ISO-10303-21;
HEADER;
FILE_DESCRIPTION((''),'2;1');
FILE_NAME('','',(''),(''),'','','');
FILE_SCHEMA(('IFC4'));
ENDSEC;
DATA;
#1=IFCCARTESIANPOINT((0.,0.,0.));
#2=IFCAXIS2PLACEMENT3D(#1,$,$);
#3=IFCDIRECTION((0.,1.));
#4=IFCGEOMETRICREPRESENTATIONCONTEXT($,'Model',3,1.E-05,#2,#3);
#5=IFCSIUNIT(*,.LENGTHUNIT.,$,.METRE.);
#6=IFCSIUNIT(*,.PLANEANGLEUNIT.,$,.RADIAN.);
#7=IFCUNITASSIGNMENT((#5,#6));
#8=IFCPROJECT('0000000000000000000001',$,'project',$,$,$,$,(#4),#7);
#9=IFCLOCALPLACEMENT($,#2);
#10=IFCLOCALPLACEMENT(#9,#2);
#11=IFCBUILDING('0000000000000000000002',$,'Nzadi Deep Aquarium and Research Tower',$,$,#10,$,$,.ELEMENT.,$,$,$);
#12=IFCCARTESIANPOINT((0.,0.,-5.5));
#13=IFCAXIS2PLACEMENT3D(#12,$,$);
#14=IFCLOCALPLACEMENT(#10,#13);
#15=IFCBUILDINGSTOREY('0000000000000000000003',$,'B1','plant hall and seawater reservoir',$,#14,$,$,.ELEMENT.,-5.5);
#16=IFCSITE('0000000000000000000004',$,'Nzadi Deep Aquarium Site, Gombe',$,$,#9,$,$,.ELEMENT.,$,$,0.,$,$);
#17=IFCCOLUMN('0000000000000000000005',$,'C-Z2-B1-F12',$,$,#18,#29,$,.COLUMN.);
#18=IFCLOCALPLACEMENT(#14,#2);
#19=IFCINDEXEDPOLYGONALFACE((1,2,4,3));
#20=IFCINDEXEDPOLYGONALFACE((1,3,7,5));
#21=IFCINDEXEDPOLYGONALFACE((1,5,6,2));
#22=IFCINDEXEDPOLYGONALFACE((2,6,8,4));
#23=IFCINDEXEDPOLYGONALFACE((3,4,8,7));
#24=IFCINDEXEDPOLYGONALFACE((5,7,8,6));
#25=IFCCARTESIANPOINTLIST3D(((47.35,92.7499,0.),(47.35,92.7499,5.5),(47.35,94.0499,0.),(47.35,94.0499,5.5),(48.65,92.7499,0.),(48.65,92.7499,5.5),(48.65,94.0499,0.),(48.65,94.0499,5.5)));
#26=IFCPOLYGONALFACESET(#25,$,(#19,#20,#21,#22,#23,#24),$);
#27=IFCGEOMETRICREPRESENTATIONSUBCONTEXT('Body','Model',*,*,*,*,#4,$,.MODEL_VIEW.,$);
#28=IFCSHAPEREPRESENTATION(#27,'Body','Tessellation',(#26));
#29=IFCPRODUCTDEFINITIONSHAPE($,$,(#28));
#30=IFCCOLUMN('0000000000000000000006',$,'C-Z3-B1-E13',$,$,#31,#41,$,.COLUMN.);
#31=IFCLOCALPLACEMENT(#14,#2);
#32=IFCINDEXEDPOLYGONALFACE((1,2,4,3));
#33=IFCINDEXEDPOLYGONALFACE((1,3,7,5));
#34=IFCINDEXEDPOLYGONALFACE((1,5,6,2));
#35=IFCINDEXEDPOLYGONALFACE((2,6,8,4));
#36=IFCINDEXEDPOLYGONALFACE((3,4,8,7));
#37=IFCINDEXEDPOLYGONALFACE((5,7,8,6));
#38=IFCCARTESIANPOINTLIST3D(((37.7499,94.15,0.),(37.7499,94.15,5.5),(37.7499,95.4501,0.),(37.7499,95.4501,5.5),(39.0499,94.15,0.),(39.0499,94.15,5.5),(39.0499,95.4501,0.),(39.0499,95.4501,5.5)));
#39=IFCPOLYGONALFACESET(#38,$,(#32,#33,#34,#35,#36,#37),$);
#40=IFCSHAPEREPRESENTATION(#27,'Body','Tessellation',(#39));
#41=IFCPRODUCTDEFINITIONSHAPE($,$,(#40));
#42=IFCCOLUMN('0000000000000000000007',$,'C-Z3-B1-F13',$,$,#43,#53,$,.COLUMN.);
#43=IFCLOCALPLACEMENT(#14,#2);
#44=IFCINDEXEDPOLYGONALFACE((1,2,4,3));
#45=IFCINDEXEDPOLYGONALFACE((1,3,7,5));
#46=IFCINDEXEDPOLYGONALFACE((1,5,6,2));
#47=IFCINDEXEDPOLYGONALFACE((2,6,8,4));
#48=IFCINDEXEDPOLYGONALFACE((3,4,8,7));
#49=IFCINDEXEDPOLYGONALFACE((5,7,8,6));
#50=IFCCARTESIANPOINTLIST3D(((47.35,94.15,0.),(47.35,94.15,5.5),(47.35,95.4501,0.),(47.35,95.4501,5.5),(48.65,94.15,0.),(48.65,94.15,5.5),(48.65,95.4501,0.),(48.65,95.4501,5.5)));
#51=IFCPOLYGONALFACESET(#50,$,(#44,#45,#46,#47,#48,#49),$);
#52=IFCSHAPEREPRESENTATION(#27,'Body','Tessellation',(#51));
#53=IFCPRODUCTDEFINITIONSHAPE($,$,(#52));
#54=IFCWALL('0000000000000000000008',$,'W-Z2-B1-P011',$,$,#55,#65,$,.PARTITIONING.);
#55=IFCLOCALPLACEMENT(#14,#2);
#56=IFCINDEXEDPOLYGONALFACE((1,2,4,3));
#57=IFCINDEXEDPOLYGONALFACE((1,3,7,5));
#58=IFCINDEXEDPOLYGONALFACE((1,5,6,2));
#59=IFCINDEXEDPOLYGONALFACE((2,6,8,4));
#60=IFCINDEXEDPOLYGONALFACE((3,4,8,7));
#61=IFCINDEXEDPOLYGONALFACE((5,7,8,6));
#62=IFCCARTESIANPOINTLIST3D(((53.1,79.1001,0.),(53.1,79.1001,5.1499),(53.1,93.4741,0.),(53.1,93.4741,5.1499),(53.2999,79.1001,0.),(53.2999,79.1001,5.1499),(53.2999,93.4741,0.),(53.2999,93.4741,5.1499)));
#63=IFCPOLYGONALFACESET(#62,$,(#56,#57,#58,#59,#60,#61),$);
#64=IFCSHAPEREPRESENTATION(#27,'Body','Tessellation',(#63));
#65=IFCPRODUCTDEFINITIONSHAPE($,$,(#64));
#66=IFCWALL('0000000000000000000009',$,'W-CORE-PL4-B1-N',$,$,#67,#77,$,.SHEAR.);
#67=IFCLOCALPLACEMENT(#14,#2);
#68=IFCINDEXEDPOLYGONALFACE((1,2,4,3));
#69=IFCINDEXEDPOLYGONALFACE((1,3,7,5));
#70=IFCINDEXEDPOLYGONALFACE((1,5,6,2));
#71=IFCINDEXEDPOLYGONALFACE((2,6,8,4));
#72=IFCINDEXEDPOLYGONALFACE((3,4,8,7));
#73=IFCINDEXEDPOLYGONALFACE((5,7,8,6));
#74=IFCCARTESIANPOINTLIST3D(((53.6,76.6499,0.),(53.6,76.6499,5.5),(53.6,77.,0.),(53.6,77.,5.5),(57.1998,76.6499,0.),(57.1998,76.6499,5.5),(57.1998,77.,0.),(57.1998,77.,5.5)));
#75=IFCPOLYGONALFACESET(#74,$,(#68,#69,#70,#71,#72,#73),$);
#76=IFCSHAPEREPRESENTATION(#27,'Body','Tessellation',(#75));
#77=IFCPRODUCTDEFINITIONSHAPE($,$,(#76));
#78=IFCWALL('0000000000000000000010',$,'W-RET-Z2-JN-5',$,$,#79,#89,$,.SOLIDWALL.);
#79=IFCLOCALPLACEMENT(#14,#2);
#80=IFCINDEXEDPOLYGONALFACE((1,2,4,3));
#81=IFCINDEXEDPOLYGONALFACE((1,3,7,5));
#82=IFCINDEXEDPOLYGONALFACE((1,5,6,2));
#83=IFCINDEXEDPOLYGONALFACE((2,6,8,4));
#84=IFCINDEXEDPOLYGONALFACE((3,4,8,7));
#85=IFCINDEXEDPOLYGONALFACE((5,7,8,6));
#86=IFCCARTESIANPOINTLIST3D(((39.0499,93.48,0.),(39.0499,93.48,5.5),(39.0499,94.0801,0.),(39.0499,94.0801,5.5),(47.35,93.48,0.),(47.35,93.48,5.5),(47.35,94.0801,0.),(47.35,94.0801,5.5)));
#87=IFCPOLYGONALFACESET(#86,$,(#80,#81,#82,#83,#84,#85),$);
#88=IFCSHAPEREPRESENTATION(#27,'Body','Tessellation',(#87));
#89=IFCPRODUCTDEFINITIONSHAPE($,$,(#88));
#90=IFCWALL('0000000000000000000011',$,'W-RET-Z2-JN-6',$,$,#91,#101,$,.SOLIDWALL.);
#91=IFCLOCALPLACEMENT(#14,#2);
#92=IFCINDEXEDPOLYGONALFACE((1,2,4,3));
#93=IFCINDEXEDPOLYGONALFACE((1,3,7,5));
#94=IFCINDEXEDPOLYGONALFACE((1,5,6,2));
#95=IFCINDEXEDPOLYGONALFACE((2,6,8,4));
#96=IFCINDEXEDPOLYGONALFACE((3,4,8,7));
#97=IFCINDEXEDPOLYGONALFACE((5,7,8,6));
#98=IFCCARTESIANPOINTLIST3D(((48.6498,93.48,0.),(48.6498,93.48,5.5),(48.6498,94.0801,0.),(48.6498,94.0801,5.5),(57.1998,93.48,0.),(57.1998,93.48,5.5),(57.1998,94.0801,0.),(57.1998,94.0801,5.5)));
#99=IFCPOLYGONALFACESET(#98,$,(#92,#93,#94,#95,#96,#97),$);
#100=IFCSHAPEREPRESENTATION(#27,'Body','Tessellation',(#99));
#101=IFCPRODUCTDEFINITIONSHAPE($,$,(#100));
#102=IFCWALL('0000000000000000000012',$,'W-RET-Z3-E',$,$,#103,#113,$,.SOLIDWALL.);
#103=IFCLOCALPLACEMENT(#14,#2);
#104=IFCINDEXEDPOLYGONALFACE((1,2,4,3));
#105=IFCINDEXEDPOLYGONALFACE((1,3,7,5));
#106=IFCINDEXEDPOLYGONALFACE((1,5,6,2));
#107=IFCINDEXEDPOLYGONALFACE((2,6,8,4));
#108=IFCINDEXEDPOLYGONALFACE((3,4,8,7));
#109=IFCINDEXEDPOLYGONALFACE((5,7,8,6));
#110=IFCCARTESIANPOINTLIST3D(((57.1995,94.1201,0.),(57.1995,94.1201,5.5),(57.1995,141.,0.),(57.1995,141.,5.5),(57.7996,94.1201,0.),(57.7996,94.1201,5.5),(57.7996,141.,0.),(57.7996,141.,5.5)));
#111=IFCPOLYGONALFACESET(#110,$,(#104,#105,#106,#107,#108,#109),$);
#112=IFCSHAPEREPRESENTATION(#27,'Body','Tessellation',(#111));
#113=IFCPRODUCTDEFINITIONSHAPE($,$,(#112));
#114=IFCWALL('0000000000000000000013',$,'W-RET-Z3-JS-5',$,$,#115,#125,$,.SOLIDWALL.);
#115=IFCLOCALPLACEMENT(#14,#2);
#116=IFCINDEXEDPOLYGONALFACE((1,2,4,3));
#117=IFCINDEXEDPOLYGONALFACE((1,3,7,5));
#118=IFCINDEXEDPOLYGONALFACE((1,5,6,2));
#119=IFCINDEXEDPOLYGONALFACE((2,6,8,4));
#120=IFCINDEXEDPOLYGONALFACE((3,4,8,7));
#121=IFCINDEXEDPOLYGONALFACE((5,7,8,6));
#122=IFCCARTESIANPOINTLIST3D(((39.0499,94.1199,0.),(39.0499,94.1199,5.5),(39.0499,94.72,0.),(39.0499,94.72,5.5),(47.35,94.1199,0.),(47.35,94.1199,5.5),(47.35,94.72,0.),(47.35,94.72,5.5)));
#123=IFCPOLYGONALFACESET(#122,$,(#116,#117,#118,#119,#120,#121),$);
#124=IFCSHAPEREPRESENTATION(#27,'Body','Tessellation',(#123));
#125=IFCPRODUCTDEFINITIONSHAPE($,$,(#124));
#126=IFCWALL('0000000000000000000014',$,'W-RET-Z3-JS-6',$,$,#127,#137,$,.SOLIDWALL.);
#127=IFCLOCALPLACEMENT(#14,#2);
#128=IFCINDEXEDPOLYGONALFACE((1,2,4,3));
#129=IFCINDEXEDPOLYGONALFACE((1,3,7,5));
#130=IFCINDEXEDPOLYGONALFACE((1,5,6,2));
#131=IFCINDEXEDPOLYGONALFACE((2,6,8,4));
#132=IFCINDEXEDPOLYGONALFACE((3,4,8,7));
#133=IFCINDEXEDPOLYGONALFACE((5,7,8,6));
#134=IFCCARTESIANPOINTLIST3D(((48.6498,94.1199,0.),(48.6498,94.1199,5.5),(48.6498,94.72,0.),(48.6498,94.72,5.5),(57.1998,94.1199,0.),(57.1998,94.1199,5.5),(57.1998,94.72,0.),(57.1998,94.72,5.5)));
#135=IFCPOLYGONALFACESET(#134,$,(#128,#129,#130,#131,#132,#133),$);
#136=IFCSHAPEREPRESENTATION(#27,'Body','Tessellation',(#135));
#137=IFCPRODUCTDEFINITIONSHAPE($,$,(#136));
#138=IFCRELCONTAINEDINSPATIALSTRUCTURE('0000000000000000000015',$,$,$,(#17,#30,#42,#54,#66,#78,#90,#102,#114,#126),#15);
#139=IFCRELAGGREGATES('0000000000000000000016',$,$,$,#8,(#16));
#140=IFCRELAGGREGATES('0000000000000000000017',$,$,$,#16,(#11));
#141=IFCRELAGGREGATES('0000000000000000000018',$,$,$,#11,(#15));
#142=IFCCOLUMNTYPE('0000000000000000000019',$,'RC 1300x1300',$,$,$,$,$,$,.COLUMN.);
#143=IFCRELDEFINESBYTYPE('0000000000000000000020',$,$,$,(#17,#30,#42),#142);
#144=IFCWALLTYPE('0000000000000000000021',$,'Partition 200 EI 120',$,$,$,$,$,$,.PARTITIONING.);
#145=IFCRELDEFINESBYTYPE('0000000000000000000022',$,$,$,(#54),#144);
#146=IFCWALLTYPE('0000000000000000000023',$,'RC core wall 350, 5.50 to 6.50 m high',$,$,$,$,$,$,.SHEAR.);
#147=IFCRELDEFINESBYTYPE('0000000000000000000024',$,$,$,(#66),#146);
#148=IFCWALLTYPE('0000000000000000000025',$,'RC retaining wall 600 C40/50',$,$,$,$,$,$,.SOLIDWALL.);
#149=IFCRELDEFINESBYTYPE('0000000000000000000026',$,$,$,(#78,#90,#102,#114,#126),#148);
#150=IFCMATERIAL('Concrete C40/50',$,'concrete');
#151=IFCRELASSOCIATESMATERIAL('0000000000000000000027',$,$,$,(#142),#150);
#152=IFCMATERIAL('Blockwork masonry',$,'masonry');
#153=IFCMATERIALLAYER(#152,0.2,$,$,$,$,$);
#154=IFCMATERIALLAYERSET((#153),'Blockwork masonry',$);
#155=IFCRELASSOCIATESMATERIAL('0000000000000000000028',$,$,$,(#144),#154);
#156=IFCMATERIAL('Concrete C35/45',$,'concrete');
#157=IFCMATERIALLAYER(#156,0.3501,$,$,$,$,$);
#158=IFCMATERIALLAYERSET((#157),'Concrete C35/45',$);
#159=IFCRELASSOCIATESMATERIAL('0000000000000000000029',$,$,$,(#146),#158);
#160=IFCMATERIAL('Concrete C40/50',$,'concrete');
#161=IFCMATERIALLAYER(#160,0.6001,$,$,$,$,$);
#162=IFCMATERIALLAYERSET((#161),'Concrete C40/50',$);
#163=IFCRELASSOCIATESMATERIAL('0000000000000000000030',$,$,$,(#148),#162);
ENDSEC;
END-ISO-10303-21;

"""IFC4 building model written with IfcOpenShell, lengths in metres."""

from ifc_helpers import new_model, si_unit, direction, frame, frame_2d, origin, origin_2d, place, context, subcontext, project, spatial, rectangle, extrude, material, layer, layer_set, material_profile, profile_set, type_object, element, save


model = new_model("IFC4")

# Units and contexts
model_context = context("Model", 3, precision=1e-05, world=origin(), true_north=direction((0.0, 1.0)))
body_context = subcontext(model_context, "Body", "Model", "MODEL_VIEW")
ifc_project = project(units=[si_unit("LENGTHUNIT", "METRE"), si_unit("PLANEANGLEUNIT", "RADIAN")], contexts=[model_context])

# Site, building, storey
site_placement = place(None, origin())
site = spatial("IfcSite", under=ifc_project, at=site_placement, Name="Nzadi Deep Aquarium Site, Gombe", CompositionType="ELEMENT", RefElevation=0.0)
building_placement = place(site_placement, origin())
building = spatial("IfcBuilding", under=site, at=building_placement, Name="Nzadi Deep Aquarium and Research Tower", CompositionType="ELEMENT")
storey_placement = place(building_placement, frame((0.0, 0.0, -5.5)))
storey = spatial("IfcBuildingStorey", under=building, at=storey_placement, Name="B1", Description="plant hall and seawater reservoir", CompositionType="ELEMENT", Elevation=-5.5)

# Columns
ifc_material_1 = material(Name="Concrete C40/50", Category="concrete")
ifc_material_profile_1 = material_profile(ifc_material_1, rectangle(XDim=1.3, YDim=1.3, at=origin_2d()))
ifc_profile_set_1 = profile_set([ifc_material_profile_1], Name="Concrete C40/50")
column_type = type_object("IfcColumnType", Name="RC 1300x1300", PredefinedType="COLUMN", material=ifc_profile_set_1)
for number, where, z_axis, x_axis, name in (
    (1, (48.0, 93.3999, 0.0), (0.0, 0.0, 1.0), (1.0, 0.0, 0.0), "C-Z2-B1-F12"),
    (2, (38.3999, 94.8, 0.0), (0.0, 0.0, 1.0), (1.0, 0.0, 0.0), "C-Z3-B1-E13"),
    (3, (48.0, 94.8, 0.0), (0.0, 0.0, 1.0), (1.0, 0.0, 0.0), "C-Z3-B1-F13"),
):
    element("IfcColumn", number, at=place(storey_placement, frame(where, z_axis=z_axis, x_axis=x_axis)), inside=storey, type_object=column_type, Name=name, PredefinedType="COLUMN", context=body_context, shape_type="SweptSolid", body=[
        extrude(rectangle(XDim=1.3, YDim=1.3, at=origin_2d()), origin(), (0.0, 0.0, 1.0), 5.5),
    ])

# Walls
ifc_material_2 = material(Name="Blockwork masonry", Category="masonry")
ifc_layer_1 = layer(ifc_material_2, 0.2)
ifc_layer_set_1 = layer_set([ifc_layer_1], Name="Blockwork masonry")
wall_type_1 = type_object("IfcWallType", Name="Partition 200 EI 120", PredefinedType="PARTITIONING", material=ifc_layer_set_1)
wall_1_placement = place(storey_placement, frame((53.2, 79.1001, 0.0), z_axis=(0.0, 0.0, 1.0), x_axis=(0.0, 1.0, 0.0)))
element("IfcWall", 4, at=wall_1_placement, inside=storey, type_object=wall_type_1, Name="W-Z2-B1-P011", PredefinedType="PARTITIONING", context=body_context, shape_type="SweptSolid", body=[
    extrude(rectangle(XDim=14.374, YDim=0.2, at=frame_2d((7.187, 0.0))), origin(), (0.0, 0.0, 1.0), 5.1499),
])
ifc_material_3 = material(Name="Concrete C35/45", Category="concrete")
ifc_layer_2 = layer(ifc_material_3, 0.3501)
ifc_layer_set_2 = layer_set([ifc_layer_2], Name="Concrete C35/45")
wall_type_2 = type_object("IfcWallType", Name="RC core wall 350, 5.50 to 6.50 m high", PredefinedType="SHEAR", material=ifc_layer_set_2)
wall_2_placement = place(storey_placement, frame((53.6001, 76.825, 0.0), z_axis=(0.0, 0.0, 1.0), x_axis=(1.0, 0.0, 0.0)))
element("IfcWall", 5, at=wall_2_placement, inside=storey, type_object=wall_type_2, Name="W-CORE-PL4-B1-N", PredefinedType="SHEAR", context=body_context, shape_type="SweptSolid", body=[
    extrude(rectangle(XDim=3.5999, YDim=0.3501, at=frame_2d((1.7998, 0.0))), origin(), (0.0, 0.0, 1.0), 5.5),
])
ifc_material_4 = material(Name="Concrete C40/50", Category="concrete")
ifc_layer_3 = layer(ifc_material_4, 0.6001)
ifc_layer_set_3 = layer_set([ifc_layer_3], Name="Concrete C40/50")
wall_type_3 = type_object("IfcWallType", Name="RC retaining wall 600 C40/50", PredefinedType="SOLIDWALL", material=ifc_layer_set_3)
wall_3_placement = place(storey_placement, frame((39.05, 93.78, 0.0), z_axis=(0.0, 0.0, 1.0), x_axis=(1.0, 0.0, 0.0)))
element("IfcWall", 6, at=wall_3_placement, inside=storey, type_object=wall_type_3, Name="W-RET-Z2-JN-5", PredefinedType="SOLIDWALL", context=body_context, shape_type="SweptSolid", body=[
    extrude(rectangle(XDim=8.3, YDim=0.6001, at=frame_2d((4.1499, 0.0))), origin(), (0.0, 0.0, 1.0), 5.5),
])
wall_4_placement = place(storey_placement, frame((48.6499, 93.78, 0.0), z_axis=(0.0, 0.0, 1.0), x_axis=(1.0, 0.0, 0.0)))
element("IfcWall", 7, at=wall_4_placement, inside=storey, type_object=wall_type_3, Name="W-RET-Z2-JN-6", PredefinedType="SOLIDWALL", context=body_context, shape_type="SweptSolid", body=[
    extrude(rectangle(XDim=8.55, YDim=0.6001, at=frame_2d((4.2749, 0.0))), origin(), (0.0, 0.0, 1.0), 5.5),
])
wall_5_placement = place(storey_placement, frame((57.4995, 94.1201, 0.0), z_axis=(0.0, 0.0, 1.0), x_axis=(0.0, 1.0, 0.0)))
element("IfcWall", 8, at=wall_5_placement, inside=storey, type_object=wall_type_3, Name="W-RET-Z3-E", PredefinedType="SOLIDWALL", context=body_context, shape_type="SweptSolid", body=[
    extrude(rectangle(XDim=46.8799, YDim=0.6001, at=frame_2d((23.4399, 0.0))), origin(), (0.0, 0.0, 1.0), 5.5),
])
wall_6_placement = place(storey_placement, frame((39.05, 94.4199, 0.0), z_axis=(0.0, 0.0, 1.0), x_axis=(1.0, 0.0, 0.0)))
element("IfcWall", 9, at=wall_6_placement, inside=storey, type_object=wall_type_3, Name="W-RET-Z3-JS-5", PredefinedType="SOLIDWALL", context=body_context, shape_type="SweptSolid", body=[
    extrude(rectangle(XDim=8.3, YDim=0.6001, at=frame_2d((4.1499, 0.0))), origin(), (0.0, 0.0, 1.0), 5.5),
])
wall_7_placement = place(storey_placement, frame((48.6499, 94.4199, 0.0), z_axis=(0.0, 0.0, 1.0), x_axis=(1.0, 0.0, 0.0)))
element("IfcWall", 10, at=wall_7_placement, inside=storey, type_object=wall_type_3, Name="W-RET-Z3-JS-6", PredefinedType="SOLIDWALL", context=body_context, shape_type="SweptSolid", body=[
    extrude(rectangle(XDim=8.55, YDim=0.6001, at=frame_2d((4.2749, 0.0))), origin(), (0.0, 0.0, 1.0), 5.5),
])

save(model, "model.ifc")
